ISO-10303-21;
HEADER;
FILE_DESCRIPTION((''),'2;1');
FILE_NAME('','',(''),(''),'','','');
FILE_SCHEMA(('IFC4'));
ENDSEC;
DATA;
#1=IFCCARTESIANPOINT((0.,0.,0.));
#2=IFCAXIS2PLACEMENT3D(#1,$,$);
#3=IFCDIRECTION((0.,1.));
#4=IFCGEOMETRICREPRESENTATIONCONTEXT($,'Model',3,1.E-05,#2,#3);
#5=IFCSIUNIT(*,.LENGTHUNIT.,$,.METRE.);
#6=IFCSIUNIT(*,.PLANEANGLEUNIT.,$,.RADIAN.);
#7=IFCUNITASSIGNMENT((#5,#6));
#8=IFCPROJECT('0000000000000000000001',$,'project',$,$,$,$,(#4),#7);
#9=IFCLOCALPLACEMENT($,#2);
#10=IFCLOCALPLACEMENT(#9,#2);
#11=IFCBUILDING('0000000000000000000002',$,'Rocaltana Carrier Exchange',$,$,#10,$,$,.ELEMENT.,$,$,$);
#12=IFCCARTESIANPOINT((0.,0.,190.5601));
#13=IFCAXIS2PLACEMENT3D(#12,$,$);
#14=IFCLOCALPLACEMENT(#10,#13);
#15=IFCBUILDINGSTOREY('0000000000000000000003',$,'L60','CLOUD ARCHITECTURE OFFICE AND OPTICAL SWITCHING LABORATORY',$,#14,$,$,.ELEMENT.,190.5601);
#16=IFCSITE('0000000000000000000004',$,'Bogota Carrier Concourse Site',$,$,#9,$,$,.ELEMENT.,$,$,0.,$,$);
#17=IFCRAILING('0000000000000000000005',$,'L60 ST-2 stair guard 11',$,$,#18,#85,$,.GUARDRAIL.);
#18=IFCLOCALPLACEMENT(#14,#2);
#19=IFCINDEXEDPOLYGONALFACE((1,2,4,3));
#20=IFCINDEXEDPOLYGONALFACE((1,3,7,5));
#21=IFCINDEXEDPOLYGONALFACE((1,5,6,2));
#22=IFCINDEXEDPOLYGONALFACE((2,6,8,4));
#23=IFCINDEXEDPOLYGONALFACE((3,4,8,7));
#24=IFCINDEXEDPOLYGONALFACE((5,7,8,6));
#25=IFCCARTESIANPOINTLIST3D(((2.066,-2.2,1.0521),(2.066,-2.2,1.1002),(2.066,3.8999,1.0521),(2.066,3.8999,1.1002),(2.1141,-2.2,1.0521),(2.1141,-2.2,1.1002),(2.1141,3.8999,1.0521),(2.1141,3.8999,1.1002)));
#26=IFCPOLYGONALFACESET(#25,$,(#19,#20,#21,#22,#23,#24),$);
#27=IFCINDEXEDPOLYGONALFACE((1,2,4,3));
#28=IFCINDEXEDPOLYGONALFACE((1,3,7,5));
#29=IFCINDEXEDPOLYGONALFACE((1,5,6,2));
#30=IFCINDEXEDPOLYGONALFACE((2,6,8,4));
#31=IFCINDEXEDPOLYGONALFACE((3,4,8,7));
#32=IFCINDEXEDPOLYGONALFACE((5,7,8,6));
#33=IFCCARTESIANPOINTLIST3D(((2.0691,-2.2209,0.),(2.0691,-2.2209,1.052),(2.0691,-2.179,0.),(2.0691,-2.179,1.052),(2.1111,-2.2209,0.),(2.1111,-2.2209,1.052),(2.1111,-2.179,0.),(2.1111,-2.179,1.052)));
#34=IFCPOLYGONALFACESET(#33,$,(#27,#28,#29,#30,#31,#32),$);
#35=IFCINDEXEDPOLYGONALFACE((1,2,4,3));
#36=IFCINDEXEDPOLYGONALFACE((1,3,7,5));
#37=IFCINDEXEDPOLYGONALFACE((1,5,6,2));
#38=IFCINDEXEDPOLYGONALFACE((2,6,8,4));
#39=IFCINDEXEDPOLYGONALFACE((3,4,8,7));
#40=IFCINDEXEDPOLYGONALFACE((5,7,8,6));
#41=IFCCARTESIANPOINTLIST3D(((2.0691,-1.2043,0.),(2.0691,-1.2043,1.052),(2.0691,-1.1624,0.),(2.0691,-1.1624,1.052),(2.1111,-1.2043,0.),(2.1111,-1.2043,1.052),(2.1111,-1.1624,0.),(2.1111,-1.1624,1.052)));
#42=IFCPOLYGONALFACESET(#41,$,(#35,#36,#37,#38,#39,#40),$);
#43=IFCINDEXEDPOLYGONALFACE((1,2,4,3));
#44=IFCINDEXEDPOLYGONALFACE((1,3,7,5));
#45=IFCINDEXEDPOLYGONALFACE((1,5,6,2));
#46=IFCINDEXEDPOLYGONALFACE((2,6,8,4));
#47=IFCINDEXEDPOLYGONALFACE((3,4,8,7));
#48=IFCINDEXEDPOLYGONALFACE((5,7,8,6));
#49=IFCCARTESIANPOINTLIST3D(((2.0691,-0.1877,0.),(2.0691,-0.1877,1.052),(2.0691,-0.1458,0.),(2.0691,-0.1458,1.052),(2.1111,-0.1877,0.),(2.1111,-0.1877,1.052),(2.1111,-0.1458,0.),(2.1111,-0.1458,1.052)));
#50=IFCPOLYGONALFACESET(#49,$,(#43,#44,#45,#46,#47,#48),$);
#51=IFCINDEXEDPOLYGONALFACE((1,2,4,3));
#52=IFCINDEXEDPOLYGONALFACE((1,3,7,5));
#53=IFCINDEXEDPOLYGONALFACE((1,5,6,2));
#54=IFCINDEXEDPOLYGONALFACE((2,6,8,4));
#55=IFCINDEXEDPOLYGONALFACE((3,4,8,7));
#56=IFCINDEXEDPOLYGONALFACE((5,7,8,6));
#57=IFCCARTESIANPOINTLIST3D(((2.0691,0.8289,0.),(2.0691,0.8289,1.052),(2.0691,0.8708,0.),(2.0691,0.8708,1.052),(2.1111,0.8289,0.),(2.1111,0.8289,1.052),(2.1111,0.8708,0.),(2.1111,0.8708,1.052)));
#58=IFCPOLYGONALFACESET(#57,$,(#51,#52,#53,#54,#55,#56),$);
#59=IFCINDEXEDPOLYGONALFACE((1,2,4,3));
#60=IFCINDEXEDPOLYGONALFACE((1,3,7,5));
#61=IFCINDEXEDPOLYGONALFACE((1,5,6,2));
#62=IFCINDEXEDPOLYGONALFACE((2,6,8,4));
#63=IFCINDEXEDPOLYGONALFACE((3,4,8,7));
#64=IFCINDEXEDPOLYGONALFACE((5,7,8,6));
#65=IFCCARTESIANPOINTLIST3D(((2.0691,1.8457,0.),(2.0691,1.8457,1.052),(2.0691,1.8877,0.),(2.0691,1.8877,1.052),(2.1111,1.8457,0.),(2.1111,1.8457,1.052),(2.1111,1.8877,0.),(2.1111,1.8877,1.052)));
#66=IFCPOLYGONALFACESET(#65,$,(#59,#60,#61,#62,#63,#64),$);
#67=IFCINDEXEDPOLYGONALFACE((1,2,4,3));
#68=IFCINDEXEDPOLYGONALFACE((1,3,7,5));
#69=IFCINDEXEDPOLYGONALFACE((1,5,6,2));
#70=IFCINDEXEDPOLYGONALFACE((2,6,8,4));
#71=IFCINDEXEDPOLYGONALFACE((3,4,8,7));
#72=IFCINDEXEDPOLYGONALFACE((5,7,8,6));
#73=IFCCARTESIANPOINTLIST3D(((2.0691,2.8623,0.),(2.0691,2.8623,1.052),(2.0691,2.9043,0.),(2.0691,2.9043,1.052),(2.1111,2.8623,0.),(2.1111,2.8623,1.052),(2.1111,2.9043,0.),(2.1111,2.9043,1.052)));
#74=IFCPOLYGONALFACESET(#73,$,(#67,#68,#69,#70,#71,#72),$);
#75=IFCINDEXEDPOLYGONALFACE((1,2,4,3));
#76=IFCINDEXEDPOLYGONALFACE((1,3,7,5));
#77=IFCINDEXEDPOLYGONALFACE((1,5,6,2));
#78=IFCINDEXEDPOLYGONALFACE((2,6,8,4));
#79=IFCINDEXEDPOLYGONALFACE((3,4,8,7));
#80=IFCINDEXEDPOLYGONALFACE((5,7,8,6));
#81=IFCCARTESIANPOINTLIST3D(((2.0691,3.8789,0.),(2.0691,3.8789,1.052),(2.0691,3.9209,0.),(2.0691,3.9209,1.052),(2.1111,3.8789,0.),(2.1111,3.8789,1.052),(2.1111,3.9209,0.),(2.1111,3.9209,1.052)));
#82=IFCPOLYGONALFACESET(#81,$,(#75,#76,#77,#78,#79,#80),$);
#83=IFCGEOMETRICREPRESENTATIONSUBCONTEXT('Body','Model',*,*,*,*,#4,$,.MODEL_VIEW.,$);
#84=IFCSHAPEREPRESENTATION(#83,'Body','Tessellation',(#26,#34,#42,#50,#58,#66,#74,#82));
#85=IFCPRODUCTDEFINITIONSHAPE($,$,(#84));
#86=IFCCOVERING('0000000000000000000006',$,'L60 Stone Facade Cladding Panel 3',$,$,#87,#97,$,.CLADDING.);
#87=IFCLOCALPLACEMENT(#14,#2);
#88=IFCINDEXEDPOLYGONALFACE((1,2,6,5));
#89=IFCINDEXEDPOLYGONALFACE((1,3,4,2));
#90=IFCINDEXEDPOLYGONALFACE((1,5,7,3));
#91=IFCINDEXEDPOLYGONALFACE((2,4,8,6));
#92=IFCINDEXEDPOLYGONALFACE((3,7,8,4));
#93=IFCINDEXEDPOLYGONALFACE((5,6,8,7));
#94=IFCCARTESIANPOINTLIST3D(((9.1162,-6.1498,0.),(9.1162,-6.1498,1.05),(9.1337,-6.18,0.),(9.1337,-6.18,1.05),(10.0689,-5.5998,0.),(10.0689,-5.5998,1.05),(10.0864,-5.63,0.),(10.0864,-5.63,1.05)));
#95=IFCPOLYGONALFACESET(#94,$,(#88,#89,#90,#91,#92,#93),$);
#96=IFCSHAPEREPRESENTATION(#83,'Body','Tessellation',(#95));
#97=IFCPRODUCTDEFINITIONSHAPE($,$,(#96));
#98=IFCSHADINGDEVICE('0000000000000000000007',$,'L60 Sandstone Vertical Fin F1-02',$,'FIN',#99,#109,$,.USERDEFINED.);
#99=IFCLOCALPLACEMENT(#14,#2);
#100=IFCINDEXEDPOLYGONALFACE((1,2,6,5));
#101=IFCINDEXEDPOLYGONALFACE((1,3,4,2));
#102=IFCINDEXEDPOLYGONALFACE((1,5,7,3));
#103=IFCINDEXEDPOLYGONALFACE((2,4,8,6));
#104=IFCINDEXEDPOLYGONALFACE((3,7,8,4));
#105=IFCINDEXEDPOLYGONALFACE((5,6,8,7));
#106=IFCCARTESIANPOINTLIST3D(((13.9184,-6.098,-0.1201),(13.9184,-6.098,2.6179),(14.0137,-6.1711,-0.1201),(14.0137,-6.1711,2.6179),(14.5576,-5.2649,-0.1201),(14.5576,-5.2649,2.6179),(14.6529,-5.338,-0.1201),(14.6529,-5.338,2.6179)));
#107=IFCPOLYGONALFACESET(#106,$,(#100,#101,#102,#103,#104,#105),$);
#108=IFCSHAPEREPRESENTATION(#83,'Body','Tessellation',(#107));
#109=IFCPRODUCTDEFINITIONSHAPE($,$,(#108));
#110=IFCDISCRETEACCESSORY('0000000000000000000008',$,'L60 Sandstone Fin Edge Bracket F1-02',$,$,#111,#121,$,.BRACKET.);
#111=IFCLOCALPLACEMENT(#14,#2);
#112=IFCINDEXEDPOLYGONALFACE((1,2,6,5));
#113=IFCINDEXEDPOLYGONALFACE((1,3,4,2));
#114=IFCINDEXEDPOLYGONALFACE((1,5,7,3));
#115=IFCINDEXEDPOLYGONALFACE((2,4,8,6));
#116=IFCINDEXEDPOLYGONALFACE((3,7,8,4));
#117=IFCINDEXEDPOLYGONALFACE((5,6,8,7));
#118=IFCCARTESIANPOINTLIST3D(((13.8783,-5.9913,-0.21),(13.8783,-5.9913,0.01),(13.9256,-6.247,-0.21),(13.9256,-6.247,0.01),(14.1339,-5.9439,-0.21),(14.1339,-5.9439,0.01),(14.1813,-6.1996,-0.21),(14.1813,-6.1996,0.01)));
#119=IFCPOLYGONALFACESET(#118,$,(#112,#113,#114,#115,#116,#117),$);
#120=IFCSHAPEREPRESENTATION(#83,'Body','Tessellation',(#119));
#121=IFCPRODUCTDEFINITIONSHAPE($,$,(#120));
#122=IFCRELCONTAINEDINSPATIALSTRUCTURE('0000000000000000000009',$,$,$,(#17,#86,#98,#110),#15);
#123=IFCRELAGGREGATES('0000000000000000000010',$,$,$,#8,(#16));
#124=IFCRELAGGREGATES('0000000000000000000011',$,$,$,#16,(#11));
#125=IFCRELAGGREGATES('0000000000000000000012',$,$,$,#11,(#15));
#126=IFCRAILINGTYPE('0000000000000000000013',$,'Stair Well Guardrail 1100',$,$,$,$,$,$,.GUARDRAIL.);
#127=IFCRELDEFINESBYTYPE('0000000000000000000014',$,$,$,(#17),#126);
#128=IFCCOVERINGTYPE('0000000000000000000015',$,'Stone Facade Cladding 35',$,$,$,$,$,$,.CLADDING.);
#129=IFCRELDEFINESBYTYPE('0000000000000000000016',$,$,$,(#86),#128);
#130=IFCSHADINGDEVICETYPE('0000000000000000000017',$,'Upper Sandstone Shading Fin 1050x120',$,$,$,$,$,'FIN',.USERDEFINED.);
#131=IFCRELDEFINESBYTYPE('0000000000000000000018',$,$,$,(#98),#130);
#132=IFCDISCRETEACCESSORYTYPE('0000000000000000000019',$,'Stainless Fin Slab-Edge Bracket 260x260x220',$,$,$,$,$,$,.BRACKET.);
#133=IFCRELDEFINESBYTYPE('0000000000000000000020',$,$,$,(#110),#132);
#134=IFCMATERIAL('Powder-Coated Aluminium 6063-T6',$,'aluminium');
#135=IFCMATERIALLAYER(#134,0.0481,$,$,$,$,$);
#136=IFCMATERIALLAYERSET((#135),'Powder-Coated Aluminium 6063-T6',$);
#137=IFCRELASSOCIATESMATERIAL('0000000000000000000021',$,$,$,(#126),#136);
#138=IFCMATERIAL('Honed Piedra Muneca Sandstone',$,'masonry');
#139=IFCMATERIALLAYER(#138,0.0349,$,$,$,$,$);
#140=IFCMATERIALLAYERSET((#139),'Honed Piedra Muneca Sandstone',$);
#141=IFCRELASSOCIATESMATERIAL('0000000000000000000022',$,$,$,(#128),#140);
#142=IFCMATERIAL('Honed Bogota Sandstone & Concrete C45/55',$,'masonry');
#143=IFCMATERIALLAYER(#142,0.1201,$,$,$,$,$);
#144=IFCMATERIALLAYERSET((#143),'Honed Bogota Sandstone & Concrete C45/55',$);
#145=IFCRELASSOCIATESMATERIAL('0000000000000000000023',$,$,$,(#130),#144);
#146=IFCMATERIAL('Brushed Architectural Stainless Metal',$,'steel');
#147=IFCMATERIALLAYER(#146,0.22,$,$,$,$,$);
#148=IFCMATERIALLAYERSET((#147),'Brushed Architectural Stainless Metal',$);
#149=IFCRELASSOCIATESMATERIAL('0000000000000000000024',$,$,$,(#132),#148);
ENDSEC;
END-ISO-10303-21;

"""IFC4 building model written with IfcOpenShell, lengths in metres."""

from ifc_helpers import new_model, si_unit, direction, frame, origin, origin_2d, place, context, subcontext, project, spatial, rectangle, extrude, material, layer, layer_set, type_object, element, save


model = new_model("IFC4")

# Units and contexts
model_context = context("Model", 3, precision=1e-05, world=origin(), true_north=direction((0.0, 1.0)))
body_context = subcontext(model_context, "Body", "Model", "MODEL_VIEW")
ifc_project = project(units=[si_unit("LENGTHUNIT", "METRE"), si_unit("PLANEANGLEUNIT", "RADIAN")], contexts=[model_context])

# Site, building, storey
site_placement = place(None, origin())
site = spatial("IfcSite", under=ifc_project, at=site_placement, Name="Bogota Carrier Concourse Site", CompositionType="ELEMENT", RefElevation=0.0)
building_placement = place(site_placement, origin())
building = spatial("IfcBuilding", under=site, at=building_placement, Name="Rocaltana Carrier Exchange", CompositionType="ELEMENT")
storey_placement = place(building_placement, frame((0.0, 0.0, 190.5601)))
storey = spatial("IfcBuildingStorey", under=building, at=storey_placement, Name="L60", Description="CLOUD ARCHITECTURE OFFICE AND OPTICAL SWITCHING LABORATORY", CompositionType="ELEMENT", Elevation=190.5601)

# Railing
ifc_material_1 = material(Name="Powder-Coated Aluminium 6063-T6", Category="aluminium")
ifc_layer_1 = layer(ifc_material_1, 0.0481)
ifc_layer_set_1 = layer_set([ifc_layer_1], Name="Powder-Coated Aluminium 6063-T6")
railing_type_1 = type_object("IfcRailingType", Name="Stair Well Guardrail 1100", PredefinedType="GUARDRAIL", material=ifc_layer_set_1)
for number, where, name in (
    (1, (2.0901, -2.2, 0.0), "L60 ST-2 stair guard 11"),
):
    element("IfcRailing", number, at=place(storey_placement, frame(where)), inside=storey, type_object=railing_type_1, Name=name, PredefinedType="GUARDRAIL", context=body_context, shape_type="SweptSolid", body=[
        extrude(rectangle(XDim=0.0481, YDim=0.0481, at=origin_2d()), frame((0.0, 0.0, 1.0762), z_axis=(0.0, 1.0, 0.0), x_axis=(-1.0, 0.0, 0.0)), (0.0, 0.0, 1.0), 6.0999),
        extrude(rectangle(XDim=0.042, YDim=0.042, at=origin_2d()), origin(), (0.0, 0.0, 1.0), 1.052),
        extrude(rectangle(XDim=0.042, YDim=0.042, at=origin_2d()), frame((0.0, 1.0166, 0.0)), (0.0, 0.0, 1.0), 1.052),
        extrude(rectangle(XDim=0.042, YDim=0.042, at=origin_2d()), frame((0.0, 2.0332, 0.0)), (0.0, 0.0, 1.0), 1.052),
        extrude(rectangle(XDim=0.042, YDim=0.042, at=origin_2d()), frame((0.0, 3.0498, 0.0)), (0.0, 0.0, 1.0), 1.052),
        extrude(rectangle(XDim=0.042, YDim=0.042, at=origin_2d()), frame((0.0, 4.0667, 0.0)), (0.0, 0.0, 1.0), 1.052),
        extrude(rectangle(XDim=0.042, YDim=0.042, at=origin_2d()), frame((0.0, 5.0833, 0.0)), (0.0, 0.0, 1.0), 1.052),
        extrude(rectangle(XDim=0.042, YDim=0.042, at=origin_2d()), frame((0.0, 6.0999, 0.0)), (0.0, 0.0, 1.0), 1.052),
    ])

# Covering
ifc_material_2 = material(Name="Honed Piedra Muneca Sandstone", Category="masonry")
ifc_layer_2 = layer(ifc_material_2, 0.0349)
ifc_layer_set_2 = layer_set([ifc_layer_2], Name="Honed Piedra Muneca Sandstone")
covering_type = type_object("IfcCoveringType", Name="Stone Facade Cladding 35", PredefinedType="CLADDING", material=ifc_layer_set_2)
covering_placement = place(storey_placement, frame((9.6013, -5.8899, 0.0), z_axis=(0.0, 0.0, 1.0), x_axis=(0.866025, 0.5, 0.0)))
element("IfcCovering", 2, at=covering_placement, inside=storey, type_object=covering_type, Name="L60 Stone Facade Cladding Panel 3", PredefinedType="CLADDING", context=body_context, shape_type="SweptSolid", body=[
    extrude(rectangle(XDim=1.1001, YDim=0.0349, at=origin_2d()), origin(), (0.0, 0.0, 1.0), 1.05),
])

# Shading device
ifc_material_3 = material(Name="Honed Bogota Sandstone & Concrete C45/55", Category="masonry")
ifc_layer_3 = layer(ifc_material_3, 0.1201)
ifc_layer_set_3 = layer_set([ifc_layer_3], Name="Honed Bogota Sandstone & Concrete C45/55")
shading_device_type = type_object("IfcShadingDeviceType", Name="Upper Sandstone Shading Fin 1050x120", ElementType="FIN", PredefinedType="USERDEFINED", material=ifc_layer_set_3)
shading_device_placement = place(storey_placement, frame((14.2856, -5.718, -0.1201), z_axis=(0.0, 0.0, 1.0), x_axis=(0.608761, 0.793353, 0.0)))
element("IfcShadingDevice", 3, at=shading_device_placement, inside=storey, type_object=shading_device_type, Name="L60 Sandstone Vertical Fin F1-02", ObjectType="FIN", PredefinedType="USERDEFINED", context=body_context, shape_type="SweptSolid", body=[
    extrude(rectangle(XDim=1.05, YDim=0.1201, at=origin_2d()), origin(), (0.0, 0.0, 1.0), 2.738),
])

# Discrete accessory
ifc_material_4 = material(Name="Brushed Architectural Stainless Metal", Category="steel")
ifc_layer_4 = layer(ifc_material_4, 0.22)
ifc_layer_set_4 = layer_set([ifc_layer_4], Name="Brushed Architectural Stainless Metal")
discrete_accessory_type = type_object("IfcDiscreteAccessoryType", Name="Stainless Fin Slab-Edge Bracket 260x260x220", PredefinedType="BRACKET", material=ifc_layer_set_4)
discrete_accessory_placement = place(storey_placement, frame((14.0298, -6.0955, -0.21), z_axis=(0.0, 0.0, 1.0), x_axis=(-0.182236, 0.983255, 0.0)))
element("IfcDiscreteAccessory", 4, at=discrete_accessory_placement, inside=storey, type_object=discrete_accessory_type, Name="L60 Sandstone Fin Edge Bracket F1-02", PredefinedType="BRACKET", context=body_context, shape_type="SweptSolid", body=[
    extrude(rectangle(XDim=0.26, YDim=0.26, at=origin_2d()), origin(), (0.0, 0.0, 1.0), 0.22),
])

save(model, "model.ifc")
